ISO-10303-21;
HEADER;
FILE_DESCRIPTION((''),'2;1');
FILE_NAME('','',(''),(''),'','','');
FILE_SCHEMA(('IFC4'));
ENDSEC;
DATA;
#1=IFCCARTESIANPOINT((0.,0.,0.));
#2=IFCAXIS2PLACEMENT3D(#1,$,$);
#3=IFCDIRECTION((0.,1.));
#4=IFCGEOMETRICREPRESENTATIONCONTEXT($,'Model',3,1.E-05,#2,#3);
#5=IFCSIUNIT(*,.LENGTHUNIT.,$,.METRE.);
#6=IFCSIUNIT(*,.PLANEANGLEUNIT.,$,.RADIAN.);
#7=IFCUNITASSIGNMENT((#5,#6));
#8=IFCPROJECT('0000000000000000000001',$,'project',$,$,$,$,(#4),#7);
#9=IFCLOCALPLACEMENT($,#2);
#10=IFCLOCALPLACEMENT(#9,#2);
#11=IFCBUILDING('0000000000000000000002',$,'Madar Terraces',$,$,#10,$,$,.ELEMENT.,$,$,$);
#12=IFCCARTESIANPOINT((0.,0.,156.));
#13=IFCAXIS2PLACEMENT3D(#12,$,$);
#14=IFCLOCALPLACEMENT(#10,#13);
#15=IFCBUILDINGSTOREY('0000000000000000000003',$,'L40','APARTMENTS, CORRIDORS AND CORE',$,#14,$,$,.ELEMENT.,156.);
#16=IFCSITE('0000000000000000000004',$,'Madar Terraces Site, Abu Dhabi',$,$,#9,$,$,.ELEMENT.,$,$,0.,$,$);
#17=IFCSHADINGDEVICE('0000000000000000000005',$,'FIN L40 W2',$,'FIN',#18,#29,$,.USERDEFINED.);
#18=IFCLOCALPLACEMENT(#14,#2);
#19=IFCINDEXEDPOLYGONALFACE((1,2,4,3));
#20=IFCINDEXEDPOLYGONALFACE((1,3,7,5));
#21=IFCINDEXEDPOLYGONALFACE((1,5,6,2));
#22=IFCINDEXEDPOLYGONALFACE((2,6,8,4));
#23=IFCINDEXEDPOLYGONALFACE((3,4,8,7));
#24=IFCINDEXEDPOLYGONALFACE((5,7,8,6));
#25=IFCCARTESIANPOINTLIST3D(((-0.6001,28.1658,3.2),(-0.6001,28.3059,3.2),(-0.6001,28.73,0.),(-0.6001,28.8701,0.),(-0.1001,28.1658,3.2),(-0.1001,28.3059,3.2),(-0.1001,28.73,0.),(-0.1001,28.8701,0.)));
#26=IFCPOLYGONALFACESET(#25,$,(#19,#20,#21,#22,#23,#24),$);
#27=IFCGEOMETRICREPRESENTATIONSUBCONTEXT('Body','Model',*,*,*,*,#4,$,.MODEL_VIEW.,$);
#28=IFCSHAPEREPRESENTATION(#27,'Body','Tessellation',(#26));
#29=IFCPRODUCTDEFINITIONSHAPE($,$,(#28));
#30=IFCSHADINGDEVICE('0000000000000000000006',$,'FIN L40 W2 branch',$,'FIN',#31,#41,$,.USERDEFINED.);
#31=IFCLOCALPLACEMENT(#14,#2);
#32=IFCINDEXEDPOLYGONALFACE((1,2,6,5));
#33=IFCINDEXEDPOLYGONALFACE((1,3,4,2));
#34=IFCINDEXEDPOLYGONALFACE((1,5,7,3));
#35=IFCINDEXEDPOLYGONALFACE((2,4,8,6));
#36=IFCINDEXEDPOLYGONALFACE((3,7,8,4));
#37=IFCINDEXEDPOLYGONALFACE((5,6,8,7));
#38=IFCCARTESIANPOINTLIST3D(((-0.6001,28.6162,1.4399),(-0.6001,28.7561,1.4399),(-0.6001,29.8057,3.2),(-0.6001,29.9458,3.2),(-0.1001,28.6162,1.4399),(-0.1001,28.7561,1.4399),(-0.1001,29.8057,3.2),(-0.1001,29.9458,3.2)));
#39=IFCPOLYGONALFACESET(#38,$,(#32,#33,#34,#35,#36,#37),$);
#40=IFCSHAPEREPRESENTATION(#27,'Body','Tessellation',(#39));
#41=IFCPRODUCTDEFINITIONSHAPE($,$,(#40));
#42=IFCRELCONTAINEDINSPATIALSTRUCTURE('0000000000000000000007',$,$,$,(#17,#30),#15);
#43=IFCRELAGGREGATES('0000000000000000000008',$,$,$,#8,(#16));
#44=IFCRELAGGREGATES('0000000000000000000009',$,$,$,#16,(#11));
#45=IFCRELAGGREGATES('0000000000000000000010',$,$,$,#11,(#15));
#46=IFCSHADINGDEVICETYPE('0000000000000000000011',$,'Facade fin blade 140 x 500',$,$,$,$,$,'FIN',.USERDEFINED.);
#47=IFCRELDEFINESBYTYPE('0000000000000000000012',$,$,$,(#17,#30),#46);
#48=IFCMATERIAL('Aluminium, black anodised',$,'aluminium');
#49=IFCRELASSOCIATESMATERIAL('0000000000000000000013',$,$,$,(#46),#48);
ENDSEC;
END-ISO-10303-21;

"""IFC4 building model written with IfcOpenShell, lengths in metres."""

from ifc_helpers import new_model, si_unit, direction, frame, origin, place, context, subcontext, project, spatial, polyline, outline, extrude, material, type_object, element, save


model = new_model("IFC4")

# Units and contexts
model_context = context("Model", 3, precision=1e-05, world=origin(), true_north=direction((0.0, 1.0)))
body_context = subcontext(model_context, "Body", "Model", "MODEL_VIEW")
ifc_project = project(units=[si_unit("LENGTHUNIT", "METRE"), si_unit("PLANEANGLEUNIT", "RADIAN")], contexts=[model_context])

# Site, building, storey
site_placement = place(None, origin())
site = spatial("IfcSite", under=ifc_project, at=site_placement, Name="Madar Terraces Site, Abu Dhabi", CompositionType="ELEMENT", RefElevation=0.0)
building_placement = place(site_placement, origin())
building = spatial("IfcBuilding", under=site, at=building_placement, Name="Madar Terraces", CompositionType="ELEMENT")
storey_placement = place(building_placement, frame((0.0, 0.0, 156.0)))
storey = spatial("IfcBuildingStorey", under=building, at=storey_placement, Name="L40", Description="APARTMENTS, CORRIDORS AND CORE", CompositionType="ELEMENT", Elevation=156.0)

# Shading devices
ifc_material_1 = material(Name="Aluminium, black anodised", Category="aluminium")
shading_device_type = type_object("IfcShadingDeviceType", Name="Facade fin blade 140 x 500", ElementType="FIN", PredefinedType="USERDEFINED", material=ifc_material_1)
shading_device_1_placement = place(storey_placement, frame((-0.3501, 28.8701, 0.0), z_axis=(0.0, 0.0, 1.0), x_axis=(0.0, -1.0, 0.0)))
element("IfcShadingDevice", 1, at=shading_device_1_placement, inside=storey, type_object=shading_device_type, Name="FIN L40 W2", ObjectType="FIN", PredefinedType="USERDEFINED", context=body_context, shape_type="SweptSolid", body=[
    extrude(outline(polyline([(0.0, 0.0), (0.1401, 0.0), (0.7043, 3.2), (0.5642, 3.2), (0.0, 0.0)])), frame((0.0, 0.25, 0.0), z_axis=(0.0, -1.0, 0.0), x_axis=(1.0, 0.0, 0.0)), (0.0, 0.0, 1.0), 0.5),
])
shading_device_2_placement = place(storey_placement, frame((-0.3501, 28.7561, 1.4399), z_axis=(0.0, 0.0, 1.0), x_axis=(0.0, -1.0, 0.0)))
element("IfcShadingDevice", 2, at=shading_device_2_placement, inside=storey, type_object=shading_device_type, Name="FIN L40 W2 branch", ObjectType="FIN", PredefinedType="USERDEFINED", context=body_context, shape_type="SweptSolid", body=[
    extrude(outline(polyline([(0.0, 0.0), (0.1399, 0.0), (-1.0496, 1.76), (-1.1897, 1.76), (0.0, 0.0)])), frame((0.0, 0.25, 0.0), z_axis=(0.0, -1.0, 0.0), x_axis=(1.0, 0.0, 0.0)), (0.0, 0.0, 1.0), 0.5),
])

save(model, "model.ifc")
